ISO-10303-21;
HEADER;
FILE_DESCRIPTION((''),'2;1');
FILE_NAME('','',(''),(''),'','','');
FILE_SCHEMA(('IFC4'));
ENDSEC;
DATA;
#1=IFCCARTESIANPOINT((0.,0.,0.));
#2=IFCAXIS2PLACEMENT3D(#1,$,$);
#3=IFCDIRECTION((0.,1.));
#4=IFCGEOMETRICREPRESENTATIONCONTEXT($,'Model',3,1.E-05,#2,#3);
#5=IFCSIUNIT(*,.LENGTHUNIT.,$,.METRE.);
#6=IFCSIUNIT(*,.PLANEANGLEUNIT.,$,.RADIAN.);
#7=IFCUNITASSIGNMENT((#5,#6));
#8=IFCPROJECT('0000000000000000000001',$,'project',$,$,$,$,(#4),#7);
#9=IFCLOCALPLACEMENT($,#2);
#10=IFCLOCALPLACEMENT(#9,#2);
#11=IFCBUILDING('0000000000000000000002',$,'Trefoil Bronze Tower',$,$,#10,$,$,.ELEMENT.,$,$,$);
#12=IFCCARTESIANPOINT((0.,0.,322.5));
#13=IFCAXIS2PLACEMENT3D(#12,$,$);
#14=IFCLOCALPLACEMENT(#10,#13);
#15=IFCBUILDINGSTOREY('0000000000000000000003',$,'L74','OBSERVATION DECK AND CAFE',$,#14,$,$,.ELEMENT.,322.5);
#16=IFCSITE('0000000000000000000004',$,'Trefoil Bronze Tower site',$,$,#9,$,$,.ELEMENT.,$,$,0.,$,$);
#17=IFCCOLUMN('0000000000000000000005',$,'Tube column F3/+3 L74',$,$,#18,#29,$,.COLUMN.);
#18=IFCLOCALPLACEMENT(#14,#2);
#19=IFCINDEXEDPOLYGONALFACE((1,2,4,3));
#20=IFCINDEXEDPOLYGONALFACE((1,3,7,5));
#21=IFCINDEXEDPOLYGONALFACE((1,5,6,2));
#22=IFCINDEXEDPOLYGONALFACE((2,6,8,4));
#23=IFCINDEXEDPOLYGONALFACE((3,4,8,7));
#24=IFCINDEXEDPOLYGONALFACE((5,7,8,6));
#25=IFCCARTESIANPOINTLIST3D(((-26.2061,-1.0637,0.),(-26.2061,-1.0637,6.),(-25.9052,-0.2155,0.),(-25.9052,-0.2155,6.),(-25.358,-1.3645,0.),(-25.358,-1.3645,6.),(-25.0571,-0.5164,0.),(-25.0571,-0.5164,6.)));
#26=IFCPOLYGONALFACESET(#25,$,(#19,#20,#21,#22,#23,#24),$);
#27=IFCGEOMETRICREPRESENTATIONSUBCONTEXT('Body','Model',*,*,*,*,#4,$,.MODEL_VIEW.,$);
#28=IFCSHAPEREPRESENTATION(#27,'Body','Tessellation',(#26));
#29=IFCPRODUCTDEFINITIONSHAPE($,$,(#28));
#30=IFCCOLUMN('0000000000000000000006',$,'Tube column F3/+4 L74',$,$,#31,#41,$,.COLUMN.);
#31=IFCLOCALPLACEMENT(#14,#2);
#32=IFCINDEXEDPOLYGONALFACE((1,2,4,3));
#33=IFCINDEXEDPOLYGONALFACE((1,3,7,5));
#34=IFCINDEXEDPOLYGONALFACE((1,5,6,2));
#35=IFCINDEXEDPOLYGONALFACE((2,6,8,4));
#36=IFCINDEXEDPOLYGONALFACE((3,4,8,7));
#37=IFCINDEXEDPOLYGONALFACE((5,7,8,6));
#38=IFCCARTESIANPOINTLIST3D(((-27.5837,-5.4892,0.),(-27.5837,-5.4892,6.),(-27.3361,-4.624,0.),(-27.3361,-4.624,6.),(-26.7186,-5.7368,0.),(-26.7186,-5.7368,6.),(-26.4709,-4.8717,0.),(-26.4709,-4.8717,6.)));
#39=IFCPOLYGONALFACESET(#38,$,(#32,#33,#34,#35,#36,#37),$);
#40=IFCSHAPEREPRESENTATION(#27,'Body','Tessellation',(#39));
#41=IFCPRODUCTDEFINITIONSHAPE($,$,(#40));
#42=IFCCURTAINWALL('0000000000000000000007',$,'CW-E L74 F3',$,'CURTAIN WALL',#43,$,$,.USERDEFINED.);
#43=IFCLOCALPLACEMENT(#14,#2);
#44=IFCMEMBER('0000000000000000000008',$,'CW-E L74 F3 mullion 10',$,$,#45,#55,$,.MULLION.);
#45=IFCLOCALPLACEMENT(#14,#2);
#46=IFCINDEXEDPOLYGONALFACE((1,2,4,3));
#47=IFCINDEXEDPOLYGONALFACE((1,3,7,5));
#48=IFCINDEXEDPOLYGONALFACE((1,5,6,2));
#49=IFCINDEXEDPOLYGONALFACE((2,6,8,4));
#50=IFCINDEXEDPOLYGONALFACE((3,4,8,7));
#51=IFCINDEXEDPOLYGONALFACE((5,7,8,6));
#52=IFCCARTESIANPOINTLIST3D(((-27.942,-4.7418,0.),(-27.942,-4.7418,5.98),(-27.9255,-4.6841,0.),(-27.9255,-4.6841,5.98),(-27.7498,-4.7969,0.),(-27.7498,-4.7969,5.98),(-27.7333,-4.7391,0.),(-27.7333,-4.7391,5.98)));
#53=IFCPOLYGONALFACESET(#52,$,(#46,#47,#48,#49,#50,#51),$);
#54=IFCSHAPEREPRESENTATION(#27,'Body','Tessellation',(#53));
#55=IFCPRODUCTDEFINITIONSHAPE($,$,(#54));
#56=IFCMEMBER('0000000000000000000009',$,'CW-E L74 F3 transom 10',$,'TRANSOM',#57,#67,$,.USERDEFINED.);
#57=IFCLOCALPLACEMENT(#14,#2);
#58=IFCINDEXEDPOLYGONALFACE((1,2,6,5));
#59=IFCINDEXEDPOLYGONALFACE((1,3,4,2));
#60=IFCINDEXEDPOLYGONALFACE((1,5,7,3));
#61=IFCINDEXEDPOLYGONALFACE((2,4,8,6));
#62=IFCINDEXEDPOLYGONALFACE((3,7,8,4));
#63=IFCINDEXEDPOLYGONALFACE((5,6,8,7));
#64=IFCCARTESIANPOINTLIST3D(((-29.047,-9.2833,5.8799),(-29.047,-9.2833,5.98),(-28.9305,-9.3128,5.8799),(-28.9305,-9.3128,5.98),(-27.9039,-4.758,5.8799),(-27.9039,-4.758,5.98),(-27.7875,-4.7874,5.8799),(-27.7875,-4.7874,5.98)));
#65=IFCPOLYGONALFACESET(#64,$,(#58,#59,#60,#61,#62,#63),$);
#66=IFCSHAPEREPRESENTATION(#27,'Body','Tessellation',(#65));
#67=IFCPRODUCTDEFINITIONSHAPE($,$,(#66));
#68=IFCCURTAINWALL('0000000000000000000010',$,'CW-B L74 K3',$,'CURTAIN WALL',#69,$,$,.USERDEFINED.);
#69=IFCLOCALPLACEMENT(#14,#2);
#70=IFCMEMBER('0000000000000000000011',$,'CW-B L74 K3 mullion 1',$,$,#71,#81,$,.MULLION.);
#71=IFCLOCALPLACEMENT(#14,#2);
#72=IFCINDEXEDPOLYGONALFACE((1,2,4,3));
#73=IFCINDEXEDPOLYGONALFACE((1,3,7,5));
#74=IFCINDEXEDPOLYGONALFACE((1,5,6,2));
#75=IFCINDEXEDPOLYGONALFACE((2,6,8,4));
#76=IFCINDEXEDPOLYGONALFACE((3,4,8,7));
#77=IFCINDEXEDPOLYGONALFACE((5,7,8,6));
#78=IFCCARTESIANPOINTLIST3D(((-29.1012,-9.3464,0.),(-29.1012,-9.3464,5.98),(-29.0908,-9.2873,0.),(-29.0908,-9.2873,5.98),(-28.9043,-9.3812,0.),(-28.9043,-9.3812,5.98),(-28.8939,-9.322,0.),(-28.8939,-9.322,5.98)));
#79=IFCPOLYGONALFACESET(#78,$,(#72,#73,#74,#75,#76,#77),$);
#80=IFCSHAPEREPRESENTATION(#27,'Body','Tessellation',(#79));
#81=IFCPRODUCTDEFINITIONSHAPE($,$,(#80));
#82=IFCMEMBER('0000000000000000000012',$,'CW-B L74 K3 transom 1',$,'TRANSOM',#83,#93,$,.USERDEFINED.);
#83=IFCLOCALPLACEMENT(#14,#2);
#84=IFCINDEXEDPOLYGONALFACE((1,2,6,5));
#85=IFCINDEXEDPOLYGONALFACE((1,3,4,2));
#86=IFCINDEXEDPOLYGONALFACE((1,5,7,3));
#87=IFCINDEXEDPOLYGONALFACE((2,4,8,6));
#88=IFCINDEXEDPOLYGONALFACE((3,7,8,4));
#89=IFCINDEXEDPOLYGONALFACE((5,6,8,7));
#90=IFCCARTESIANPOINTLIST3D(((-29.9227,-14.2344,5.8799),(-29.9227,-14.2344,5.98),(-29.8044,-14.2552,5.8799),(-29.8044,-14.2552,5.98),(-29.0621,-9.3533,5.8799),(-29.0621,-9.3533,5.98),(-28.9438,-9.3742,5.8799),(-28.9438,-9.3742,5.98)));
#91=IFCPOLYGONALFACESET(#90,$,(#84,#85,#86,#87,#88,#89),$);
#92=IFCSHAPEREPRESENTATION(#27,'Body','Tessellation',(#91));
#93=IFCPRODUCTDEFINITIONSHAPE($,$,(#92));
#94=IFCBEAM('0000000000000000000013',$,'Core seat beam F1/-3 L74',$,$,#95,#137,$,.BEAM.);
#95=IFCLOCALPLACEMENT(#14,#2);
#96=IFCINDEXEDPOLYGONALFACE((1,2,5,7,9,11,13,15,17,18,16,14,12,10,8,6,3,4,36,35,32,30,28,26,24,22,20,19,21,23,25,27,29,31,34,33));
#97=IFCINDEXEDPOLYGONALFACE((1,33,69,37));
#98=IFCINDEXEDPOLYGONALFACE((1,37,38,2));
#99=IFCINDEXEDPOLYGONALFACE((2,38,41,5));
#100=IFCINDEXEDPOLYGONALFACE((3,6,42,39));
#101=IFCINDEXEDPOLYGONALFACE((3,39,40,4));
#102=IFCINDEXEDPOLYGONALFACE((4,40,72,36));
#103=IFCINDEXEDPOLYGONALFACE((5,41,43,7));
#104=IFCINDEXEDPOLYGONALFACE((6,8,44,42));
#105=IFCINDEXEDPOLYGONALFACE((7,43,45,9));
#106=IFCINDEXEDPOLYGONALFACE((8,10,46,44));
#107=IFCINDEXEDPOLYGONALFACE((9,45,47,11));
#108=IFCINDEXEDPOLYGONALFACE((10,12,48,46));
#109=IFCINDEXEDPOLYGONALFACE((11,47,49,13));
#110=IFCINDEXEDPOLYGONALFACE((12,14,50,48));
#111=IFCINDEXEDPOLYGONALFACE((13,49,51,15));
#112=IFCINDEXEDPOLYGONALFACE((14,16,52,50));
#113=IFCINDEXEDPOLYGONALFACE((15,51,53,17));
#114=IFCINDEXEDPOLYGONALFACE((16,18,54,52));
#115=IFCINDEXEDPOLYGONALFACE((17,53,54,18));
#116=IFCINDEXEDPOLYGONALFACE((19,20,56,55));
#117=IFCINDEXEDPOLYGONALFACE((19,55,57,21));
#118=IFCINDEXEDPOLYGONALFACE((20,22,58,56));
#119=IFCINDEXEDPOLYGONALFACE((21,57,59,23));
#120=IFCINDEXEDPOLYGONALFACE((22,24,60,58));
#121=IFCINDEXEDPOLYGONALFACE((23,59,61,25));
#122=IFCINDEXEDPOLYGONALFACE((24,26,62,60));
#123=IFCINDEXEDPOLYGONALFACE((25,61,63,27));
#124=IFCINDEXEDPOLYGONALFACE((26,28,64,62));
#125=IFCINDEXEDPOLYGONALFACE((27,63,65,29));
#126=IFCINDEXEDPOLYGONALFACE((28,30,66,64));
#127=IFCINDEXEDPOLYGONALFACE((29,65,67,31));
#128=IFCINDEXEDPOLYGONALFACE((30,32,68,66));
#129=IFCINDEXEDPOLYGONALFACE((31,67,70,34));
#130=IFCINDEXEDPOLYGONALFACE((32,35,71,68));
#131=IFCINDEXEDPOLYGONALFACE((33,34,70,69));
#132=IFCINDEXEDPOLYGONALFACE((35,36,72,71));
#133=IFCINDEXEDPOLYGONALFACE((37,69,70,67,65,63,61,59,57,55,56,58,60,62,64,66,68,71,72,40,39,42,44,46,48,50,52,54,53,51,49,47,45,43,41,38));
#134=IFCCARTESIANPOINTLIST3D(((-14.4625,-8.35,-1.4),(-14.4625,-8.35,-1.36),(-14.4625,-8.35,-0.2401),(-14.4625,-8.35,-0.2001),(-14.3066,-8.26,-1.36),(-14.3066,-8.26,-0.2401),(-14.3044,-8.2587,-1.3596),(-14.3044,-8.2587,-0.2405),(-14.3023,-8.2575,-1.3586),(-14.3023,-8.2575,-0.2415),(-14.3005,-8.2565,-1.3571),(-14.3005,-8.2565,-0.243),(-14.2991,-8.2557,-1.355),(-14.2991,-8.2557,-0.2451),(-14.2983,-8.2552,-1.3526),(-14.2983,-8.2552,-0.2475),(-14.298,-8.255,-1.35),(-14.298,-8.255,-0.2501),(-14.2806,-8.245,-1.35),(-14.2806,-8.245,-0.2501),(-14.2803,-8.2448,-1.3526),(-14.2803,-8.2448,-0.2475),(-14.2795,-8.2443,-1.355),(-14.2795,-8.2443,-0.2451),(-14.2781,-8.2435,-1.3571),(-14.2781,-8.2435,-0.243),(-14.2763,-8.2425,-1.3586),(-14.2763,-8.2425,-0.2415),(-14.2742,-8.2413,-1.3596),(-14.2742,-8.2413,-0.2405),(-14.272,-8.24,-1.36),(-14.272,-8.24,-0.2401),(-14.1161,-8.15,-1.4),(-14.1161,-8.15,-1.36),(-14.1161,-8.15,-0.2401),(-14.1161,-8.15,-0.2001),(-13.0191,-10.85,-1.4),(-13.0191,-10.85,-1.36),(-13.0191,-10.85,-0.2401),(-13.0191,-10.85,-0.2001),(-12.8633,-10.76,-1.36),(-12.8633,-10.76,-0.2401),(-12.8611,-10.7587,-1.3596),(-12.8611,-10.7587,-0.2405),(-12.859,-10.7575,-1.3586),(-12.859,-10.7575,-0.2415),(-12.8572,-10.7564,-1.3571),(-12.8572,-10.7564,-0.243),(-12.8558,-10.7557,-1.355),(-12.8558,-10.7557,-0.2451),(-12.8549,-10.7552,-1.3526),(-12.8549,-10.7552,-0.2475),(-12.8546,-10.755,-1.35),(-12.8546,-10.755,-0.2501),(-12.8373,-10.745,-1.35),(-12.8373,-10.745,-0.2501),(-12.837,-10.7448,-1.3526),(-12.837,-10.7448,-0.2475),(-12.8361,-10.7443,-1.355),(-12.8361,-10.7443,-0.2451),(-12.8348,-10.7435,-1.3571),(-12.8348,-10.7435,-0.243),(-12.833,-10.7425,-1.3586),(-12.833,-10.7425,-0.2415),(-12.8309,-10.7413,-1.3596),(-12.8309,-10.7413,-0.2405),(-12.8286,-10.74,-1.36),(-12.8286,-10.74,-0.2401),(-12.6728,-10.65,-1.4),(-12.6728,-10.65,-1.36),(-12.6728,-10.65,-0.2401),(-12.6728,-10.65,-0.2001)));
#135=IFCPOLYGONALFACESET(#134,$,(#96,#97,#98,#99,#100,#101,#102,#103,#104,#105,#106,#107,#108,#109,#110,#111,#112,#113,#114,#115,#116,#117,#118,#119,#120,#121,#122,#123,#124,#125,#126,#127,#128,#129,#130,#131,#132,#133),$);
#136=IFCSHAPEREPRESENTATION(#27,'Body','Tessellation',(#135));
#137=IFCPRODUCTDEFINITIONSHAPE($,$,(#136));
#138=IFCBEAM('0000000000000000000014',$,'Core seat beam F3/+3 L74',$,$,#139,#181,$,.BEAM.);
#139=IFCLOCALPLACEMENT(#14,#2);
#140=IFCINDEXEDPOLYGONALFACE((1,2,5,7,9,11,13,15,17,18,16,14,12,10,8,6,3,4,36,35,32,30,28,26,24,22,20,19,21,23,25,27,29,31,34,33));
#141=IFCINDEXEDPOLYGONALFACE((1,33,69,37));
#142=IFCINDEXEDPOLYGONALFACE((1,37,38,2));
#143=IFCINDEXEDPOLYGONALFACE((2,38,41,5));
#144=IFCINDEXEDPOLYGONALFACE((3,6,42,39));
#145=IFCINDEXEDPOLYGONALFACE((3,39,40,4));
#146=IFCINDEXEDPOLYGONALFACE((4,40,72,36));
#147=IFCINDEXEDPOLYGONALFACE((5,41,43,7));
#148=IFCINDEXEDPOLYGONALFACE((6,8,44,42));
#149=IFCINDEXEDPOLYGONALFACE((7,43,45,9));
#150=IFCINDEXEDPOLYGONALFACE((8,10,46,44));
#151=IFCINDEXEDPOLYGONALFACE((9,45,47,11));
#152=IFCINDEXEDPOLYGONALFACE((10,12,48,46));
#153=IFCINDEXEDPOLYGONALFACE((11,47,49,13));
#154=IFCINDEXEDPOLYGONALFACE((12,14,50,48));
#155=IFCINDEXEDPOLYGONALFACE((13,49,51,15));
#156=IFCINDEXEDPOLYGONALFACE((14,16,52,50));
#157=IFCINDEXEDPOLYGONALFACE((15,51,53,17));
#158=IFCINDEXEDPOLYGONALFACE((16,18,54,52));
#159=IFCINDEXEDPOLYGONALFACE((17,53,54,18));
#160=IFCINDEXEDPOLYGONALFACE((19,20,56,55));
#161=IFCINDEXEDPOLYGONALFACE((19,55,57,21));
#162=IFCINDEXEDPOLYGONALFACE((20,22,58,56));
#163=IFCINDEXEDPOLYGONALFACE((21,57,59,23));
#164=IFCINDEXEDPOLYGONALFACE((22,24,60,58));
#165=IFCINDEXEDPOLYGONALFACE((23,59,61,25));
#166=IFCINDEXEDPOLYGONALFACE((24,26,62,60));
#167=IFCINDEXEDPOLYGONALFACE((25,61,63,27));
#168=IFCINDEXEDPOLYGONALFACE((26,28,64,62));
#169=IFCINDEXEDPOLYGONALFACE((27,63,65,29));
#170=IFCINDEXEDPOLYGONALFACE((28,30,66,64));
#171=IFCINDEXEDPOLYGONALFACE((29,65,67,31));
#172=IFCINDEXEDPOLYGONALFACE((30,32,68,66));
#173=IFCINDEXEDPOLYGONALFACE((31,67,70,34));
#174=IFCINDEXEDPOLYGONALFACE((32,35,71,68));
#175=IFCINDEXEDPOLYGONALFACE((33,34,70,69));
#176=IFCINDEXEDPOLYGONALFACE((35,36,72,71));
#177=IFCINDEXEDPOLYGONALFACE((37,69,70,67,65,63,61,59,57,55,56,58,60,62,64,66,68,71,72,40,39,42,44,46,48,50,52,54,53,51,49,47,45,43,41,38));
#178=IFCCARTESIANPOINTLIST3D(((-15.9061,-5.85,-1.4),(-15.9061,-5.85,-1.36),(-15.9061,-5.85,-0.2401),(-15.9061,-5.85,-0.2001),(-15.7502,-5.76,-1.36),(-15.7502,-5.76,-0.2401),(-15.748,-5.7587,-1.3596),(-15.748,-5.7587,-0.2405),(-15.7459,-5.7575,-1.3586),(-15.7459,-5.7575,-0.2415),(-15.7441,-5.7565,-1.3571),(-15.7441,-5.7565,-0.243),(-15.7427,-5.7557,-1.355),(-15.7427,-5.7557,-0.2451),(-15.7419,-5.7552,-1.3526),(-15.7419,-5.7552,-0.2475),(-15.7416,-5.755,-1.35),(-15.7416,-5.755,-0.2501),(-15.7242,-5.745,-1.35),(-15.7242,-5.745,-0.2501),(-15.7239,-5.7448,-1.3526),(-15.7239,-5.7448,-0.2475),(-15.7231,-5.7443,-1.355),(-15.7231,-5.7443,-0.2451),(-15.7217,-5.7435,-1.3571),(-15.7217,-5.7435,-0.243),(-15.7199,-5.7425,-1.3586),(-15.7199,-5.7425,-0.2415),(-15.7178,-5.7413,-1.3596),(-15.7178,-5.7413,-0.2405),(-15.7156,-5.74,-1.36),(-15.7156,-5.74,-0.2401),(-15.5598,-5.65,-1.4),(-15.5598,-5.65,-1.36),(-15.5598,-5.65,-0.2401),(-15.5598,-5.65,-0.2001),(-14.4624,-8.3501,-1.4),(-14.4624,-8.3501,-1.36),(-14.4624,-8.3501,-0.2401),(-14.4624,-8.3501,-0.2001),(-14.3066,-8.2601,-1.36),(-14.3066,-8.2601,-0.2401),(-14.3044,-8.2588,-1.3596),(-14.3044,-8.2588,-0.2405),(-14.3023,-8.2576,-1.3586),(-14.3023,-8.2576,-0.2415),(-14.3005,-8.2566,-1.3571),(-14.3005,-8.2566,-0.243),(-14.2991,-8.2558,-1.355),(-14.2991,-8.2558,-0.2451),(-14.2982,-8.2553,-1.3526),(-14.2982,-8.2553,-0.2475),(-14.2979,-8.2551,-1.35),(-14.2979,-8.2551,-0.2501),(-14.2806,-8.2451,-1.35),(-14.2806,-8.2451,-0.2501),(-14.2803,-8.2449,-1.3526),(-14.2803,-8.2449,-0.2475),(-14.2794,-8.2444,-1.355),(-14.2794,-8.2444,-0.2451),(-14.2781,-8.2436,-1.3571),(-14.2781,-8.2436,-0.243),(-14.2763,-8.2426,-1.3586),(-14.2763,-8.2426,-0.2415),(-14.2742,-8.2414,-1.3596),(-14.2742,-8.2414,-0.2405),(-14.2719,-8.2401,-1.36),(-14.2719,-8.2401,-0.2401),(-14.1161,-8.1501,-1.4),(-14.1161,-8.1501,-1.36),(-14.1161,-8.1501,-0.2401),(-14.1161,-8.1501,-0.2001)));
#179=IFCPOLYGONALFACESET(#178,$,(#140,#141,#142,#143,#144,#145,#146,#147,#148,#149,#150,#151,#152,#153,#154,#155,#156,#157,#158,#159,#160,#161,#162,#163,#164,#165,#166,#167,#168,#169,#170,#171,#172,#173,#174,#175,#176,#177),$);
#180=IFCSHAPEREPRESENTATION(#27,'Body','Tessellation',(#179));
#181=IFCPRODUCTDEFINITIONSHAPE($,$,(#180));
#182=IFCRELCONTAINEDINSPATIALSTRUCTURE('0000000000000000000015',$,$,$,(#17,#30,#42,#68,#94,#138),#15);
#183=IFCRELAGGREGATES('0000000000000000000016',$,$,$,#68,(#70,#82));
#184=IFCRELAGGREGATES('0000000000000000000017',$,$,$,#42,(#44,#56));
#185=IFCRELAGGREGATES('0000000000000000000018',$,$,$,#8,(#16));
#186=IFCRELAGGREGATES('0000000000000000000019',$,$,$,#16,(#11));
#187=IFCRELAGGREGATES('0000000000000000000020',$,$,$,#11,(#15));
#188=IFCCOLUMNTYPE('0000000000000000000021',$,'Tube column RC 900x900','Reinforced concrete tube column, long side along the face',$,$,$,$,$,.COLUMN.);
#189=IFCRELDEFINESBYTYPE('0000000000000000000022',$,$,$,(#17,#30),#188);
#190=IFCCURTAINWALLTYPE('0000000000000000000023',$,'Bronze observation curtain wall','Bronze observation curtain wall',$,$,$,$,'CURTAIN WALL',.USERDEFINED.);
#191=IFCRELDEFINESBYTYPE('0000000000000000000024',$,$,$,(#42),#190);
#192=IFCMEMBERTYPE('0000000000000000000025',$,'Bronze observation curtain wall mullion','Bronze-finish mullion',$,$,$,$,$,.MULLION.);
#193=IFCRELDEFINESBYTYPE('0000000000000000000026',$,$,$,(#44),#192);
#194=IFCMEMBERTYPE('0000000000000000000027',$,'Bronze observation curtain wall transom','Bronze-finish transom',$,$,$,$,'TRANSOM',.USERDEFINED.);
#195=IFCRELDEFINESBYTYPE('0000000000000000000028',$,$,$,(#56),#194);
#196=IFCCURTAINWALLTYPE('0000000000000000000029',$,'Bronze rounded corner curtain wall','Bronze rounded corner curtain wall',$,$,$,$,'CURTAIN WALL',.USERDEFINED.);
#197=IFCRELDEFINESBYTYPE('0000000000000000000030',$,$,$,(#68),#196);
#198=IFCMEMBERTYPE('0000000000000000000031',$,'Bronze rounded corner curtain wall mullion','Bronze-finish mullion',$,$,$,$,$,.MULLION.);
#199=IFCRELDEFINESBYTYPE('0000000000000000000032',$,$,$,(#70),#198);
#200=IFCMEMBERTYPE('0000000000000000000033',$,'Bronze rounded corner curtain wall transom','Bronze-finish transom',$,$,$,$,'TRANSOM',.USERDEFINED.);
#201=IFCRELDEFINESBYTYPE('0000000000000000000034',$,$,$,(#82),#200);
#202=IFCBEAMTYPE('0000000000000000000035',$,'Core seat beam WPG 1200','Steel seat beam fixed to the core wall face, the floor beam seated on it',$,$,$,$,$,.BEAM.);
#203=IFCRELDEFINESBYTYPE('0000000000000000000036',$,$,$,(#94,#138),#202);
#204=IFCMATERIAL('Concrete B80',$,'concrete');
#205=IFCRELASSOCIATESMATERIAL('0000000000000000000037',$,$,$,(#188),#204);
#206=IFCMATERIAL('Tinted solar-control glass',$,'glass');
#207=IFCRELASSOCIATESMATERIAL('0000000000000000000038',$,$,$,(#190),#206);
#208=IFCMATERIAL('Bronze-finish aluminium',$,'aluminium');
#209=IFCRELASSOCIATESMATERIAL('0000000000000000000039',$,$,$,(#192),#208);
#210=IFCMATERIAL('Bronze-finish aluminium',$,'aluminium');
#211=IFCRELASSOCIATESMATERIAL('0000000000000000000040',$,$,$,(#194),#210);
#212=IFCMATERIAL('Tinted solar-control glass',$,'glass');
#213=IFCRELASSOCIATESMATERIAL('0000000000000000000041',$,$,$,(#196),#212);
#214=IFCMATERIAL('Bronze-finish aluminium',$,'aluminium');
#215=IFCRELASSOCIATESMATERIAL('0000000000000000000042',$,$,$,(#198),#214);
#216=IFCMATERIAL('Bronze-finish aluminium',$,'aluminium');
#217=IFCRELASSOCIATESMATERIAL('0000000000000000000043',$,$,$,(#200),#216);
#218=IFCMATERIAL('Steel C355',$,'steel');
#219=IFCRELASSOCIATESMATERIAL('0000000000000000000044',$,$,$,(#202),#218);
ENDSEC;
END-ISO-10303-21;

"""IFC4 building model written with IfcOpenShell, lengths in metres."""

from ifc_helpers import new_model, si_unit, direction, frame, origin, origin_2d, place, context, subcontext, project, spatial, rectangle, i_section, extrude, material, material_profile, profile_set, type_object, element, aggregate, save


model = new_model("IFC4")

# Units and contexts
model_context = context("Model", 3, precision=1e-05, world=origin(), true_north=direction((0.0, 1.0)))
body_context = subcontext(model_context, "Body", "Model", "MODEL_VIEW")
ifc_project = project(units=[si_unit("LENGTHUNIT", "METRE"), si_unit("PLANEANGLEUNIT", "RADIAN")], contexts=[model_context])

# Site, building, storey
site_placement = place(None, origin())
site = spatial("IfcSite", under=ifc_project, at=site_placement, Name="Trefoil Bronze Tower site", CompositionType="ELEMENT", RefElevation=0.0)
building_placement = place(site_placement, origin())
building = spatial("IfcBuilding", under=site, at=building_placement, Name="Trefoil Bronze Tower", CompositionType="ELEMENT")
storey_placement = place(building_placement, frame((0.0, 0.0, 322.5)))
storey = spatial("IfcBuildingStorey", under=building, at=storey_placement, Name="L74", Description="OBSERVATION DECK AND CAFE", CompositionType="ELEMENT", Elevation=322.5)

# Columns
ifc_material_1 = material(Name="Concrete B80", Category="concrete")
ifc_material_profile_1 = material_profile(ifc_material_1, rectangle(XDim=0.8999, YDim=0.8999, at=origin_2d()), Name="RC 900x900")
ifc_profile_set_1 = profile_set([ifc_material_profile_1], Name="Concrete B80")
column_type = type_object("IfcColumnType", Name="Tube column RC 900x900", Description="Reinforced concrete tube column, long side along the face", PredefinedType="COLUMN", material=ifc_profile_set_1)
for number, where, z_axis, x_axis, name in (
    (1, (-25.6316, -0.79, 0.0), (0.0, 0.0, 1.0), (-0.334352, -0.942448, 0.0), "Tube column F3/+3 L74"),
    (2, (-27.0273, -5.1804, 0.0), (0.0, 0.0, 1.0), (-0.275169, -0.961396, 0.0), "Tube column F3/+4 L74"),
):
    element("IfcColumn", number, at=place(storey_placement, frame(where, z_axis=z_axis, x_axis=x_axis)), inside=storey, type_object=column_type, Name=name, PredefinedType="COLUMN", context=body_context, shape_type="SweptSolid", body=[
        extrude(rectangle(XDim=0.8999, YDim=0.8999, at=origin_2d()), origin(), (0.0, 0.0, 1.0), 6.0),
    ])

# Curtain walls, members
ifc_material_2 = material(Name="Tinted solar-control glass", Category="glass")
curtain_wall_type_1 = type_object("IfcCurtainWallType", Name="Bronze observation curtain wall", Description="Bronze observation curtain wall", ElementType="CURTAIN WALL", PredefinedType="USERDEFINED", material=ifc_material_2)
curtain_wall_1_placement = place(storey_placement, origin())
curtain_wall_1 = element("IfcCurtainWall", 3, at=curtain_wall_1_placement, inside=storey, type_object=curtain_wall_type_1, Name="CW-E L74 F3", ObjectType="CURTAIN WALL", PredefinedType="USERDEFINED")
ifc_material_3 = material(Name="Bronze-finish aluminium", Category="aluminium")
ifc_material_profile_2 = material_profile(ifc_material_3, rectangle(XDim=0.2, YDim=0.0601, at=origin_2d()), Name="CW-E mullion")
ifc_profile_set_2 = profile_set([ifc_material_profile_2], Name="Bronze-finish aluminium")
member_type_1 = type_object("IfcMemberType", Name="Bronze observation curtain wall mullion", Description="Bronze-finish mullion", PredefinedType="MULLION", material=ifc_profile_set_2)
member_1_placement = place(storey_placement, frame((-27.8376, -4.7405, 0.0), z_axis=(0.0, 0.0, 1.0), x_axis=(0.961396, -0.275169, 0.0)))
member_1 = element("IfcMember", 4, at=member_1_placement, type_object=member_type_1, Name="CW-E L74 F3 mullion 10", PredefinedType="MULLION", context=body_context, shape_type="SweptSolid", body=[
    extrude(rectangle(XDim=0.2, YDim=0.0601, at=origin_2d()), origin(), (0.0, 0.0, 1.0), 5.98),
])
ifc_material_4 = material(Name="Bronze-finish aluminium", Category="aluminium")
ifc_material_profile_3 = material_profile(ifc_material_4, rectangle(XDim=0.1201, YDim=0.1001, at=origin_2d()), Name="CW-E transom")
ifc_profile_set_3 = profile_set([ifc_material_profile_3], Name="Bronze-finish aluminium")
member_type_2 = type_object("IfcMemberType", Name="Bronze observation curtain wall transom", Description="Bronze-finish transom", ElementType="TRANSOM", PredefinedType="USERDEFINED", material=ifc_profile_set_3)
member_2_placement = place(storey_placement, frame((-27.8457, -4.7727, 5.9299), z_axis=(-0.244898, -0.969549, 0.0), x_axis=(0.969549, -0.244898, 0.0)))
member_2 = element("IfcMember", 5, at=member_2_placement, type_object=member_type_2, Name="CW-E L74 F3 transom 10", ObjectType="TRANSOM", PredefinedType="USERDEFINED", context=body_context, shape_type="SweptSolid", body=[
    extrude(rectangle(XDim=0.1201, YDim=0.1001, at=origin_2d()), origin(), (0.0, 0.0, 1.0), 4.6675),
])
ifc_material_5 = material(Name="Tinted solar-control glass", Category="glass")
curtain_wall_type_2 = type_object("IfcCurtainWallType", Name="Bronze rounded corner curtain wall", Description="Bronze rounded corner curtain wall", ElementType="CURTAIN WALL", PredefinedType="USERDEFINED", material=ifc_material_5)
curtain_wall_2_placement = place(storey_placement, origin())
curtain_wall_2 = element("IfcCurtainWall", 6, at=curtain_wall_2_placement, inside=storey, type_object=curtain_wall_type_2, Name="CW-B L74 K3", ObjectType="CURTAIN WALL", PredefinedType="USERDEFINED")
ifc_material_6 = material(Name="Bronze-finish aluminium", Category="aluminium")
ifc_material_profile_4 = material_profile(ifc_material_6, rectangle(XDim=0.2, YDim=0.0601, at=origin_2d()), Name="CW-B mullion")
ifc_profile_set_4 = profile_set([ifc_material_profile_4], Name="Bronze-finish aluminium")
member_type_3 = type_object("IfcMemberType", Name="Bronze rounded corner curtain wall mullion", Description="Bronze-finish mullion", PredefinedType="MULLION", material=ifc_profile_set_4)
member_3_placement = place(storey_placement, frame((-28.9976, -9.3342, 0.0), z_axis=(0.0, 0.0, 1.0), x_axis=(0.984808, -0.173648, 0.0)))
member_3 = element("IfcMember", 7, at=member_3_placement, type_object=member_type_3, Name="CW-B L74 K3 mullion 1", PredefinedType="MULLION", context=body_context, shape_type="SweptSolid", body=[
    extrude(rectangle(XDim=0.2, YDim=0.0601, at=origin_2d()), origin(), (0.0, 0.0, 1.0), 5.98),
])
ifc_material_7 = material(Name="Bronze-finish aluminium", Category="aluminium")
ifc_material_profile_5 = material_profile(ifc_material_7, rectangle(XDim=0.1201, YDim=0.1001, at=origin_2d()), Name="CW-B transom")
ifc_profile_set_5 = profile_set([ifc_material_profile_5], Name="Bronze-finish aluminium")
member_type_4 = type_object("IfcMemberType", Name="Bronze rounded corner curtain wall transom", Description="Bronze-finish transom", ElementType="TRANSOM", PredefinedType="USERDEFINED", material=ifc_profile_set_5)
member_4_placement = place(storey_placement, frame((-29.0029, -9.3638, 5.9299), z_axis=(-0.173634, -0.98481, 0.0), x_axis=(0.98481, -0.173634, 0.0)))
member_4 = element("IfcMember", 8, at=member_4_placement, type_object=member_type_4, Name="CW-B L74 K3 transom 1", ObjectType="TRANSOM", PredefinedType="USERDEFINED", context=body_context, shape_type="SweptSolid", body=[
    extrude(rectangle(XDim=0.1201, YDim=0.1001, at=origin_2d()), origin(), (0.0, 0.0, 1.0), 4.9563),
])
aggregate(curtain_wall_2, [member_3, member_4])

# Beams
ifc_material_8 = material(Name="Steel C355", Category="steel")
ifc_material_profile_6 = material_profile(ifc_material_8, i_section(OverallWidth=0.3999, OverallDepth=1.2, WebThickness=0.02, FlangeThickness=0.04, FilletRadius=0.01, at=origin_2d()), Name="WPG 1200")
ifc_profile_set_6 = profile_set([ifc_material_profile_6], Name="Steel C355")
beam_type_1 = type_object("IfcBeamType", Name="Core seat beam WPG 1200", Description="Steel seat beam fixed to the core wall face, the floor beam seated on it", PredefinedType="BEAM", material=ifc_profile_set_6)
beam_1_placement = place(storey_placement, frame((-14.2893, -8.25, -0.8), z_axis=(0.499996, -0.866028, 0.0), x_axis=(0.866028, 0.499996, 0.0)))
element("IfcBeam", 9, at=beam_1_placement, inside=storey, type_object=beam_type_1, Name="Core seat beam F1/-3 L74", PredefinedType="BEAM", context=body_context, shape_type="SweptSolid", body=[
    extrude(i_section(OverallWidth=0.3999, OverallDepth=1.2, WebThickness=0.02, FlangeThickness=0.04, FilletRadius=0.01, at=origin_2d()), origin(), (0.0, 0.0, 1.0), 2.8867),
])
beam_2_placement = place(storey_placement, frame((-15.7329, -5.75, -0.8), z_axis=(0.500059, -0.865991, 0.0), x_axis=(0.865991, 0.500059, 0.0)))
element("IfcBeam", 10, at=beam_2_placement, inside=storey, type_object=beam_type_1, Name="Core seat beam F3/+3 L74", PredefinedType="BEAM", context=body_context, shape_type="SweptSolid", body=[
    extrude(i_section(OverallWidth=0.3999, OverallDepth=1.2, WebThickness=0.02, FlangeThickness=0.04, FilletRadius=0.01, at=origin_2d()), origin(), (0.0, 0.0, 1.0), 2.887),
])

aggregate(curtain_wall_1, [member_1, member_2])

save(model, "model.ifc")
